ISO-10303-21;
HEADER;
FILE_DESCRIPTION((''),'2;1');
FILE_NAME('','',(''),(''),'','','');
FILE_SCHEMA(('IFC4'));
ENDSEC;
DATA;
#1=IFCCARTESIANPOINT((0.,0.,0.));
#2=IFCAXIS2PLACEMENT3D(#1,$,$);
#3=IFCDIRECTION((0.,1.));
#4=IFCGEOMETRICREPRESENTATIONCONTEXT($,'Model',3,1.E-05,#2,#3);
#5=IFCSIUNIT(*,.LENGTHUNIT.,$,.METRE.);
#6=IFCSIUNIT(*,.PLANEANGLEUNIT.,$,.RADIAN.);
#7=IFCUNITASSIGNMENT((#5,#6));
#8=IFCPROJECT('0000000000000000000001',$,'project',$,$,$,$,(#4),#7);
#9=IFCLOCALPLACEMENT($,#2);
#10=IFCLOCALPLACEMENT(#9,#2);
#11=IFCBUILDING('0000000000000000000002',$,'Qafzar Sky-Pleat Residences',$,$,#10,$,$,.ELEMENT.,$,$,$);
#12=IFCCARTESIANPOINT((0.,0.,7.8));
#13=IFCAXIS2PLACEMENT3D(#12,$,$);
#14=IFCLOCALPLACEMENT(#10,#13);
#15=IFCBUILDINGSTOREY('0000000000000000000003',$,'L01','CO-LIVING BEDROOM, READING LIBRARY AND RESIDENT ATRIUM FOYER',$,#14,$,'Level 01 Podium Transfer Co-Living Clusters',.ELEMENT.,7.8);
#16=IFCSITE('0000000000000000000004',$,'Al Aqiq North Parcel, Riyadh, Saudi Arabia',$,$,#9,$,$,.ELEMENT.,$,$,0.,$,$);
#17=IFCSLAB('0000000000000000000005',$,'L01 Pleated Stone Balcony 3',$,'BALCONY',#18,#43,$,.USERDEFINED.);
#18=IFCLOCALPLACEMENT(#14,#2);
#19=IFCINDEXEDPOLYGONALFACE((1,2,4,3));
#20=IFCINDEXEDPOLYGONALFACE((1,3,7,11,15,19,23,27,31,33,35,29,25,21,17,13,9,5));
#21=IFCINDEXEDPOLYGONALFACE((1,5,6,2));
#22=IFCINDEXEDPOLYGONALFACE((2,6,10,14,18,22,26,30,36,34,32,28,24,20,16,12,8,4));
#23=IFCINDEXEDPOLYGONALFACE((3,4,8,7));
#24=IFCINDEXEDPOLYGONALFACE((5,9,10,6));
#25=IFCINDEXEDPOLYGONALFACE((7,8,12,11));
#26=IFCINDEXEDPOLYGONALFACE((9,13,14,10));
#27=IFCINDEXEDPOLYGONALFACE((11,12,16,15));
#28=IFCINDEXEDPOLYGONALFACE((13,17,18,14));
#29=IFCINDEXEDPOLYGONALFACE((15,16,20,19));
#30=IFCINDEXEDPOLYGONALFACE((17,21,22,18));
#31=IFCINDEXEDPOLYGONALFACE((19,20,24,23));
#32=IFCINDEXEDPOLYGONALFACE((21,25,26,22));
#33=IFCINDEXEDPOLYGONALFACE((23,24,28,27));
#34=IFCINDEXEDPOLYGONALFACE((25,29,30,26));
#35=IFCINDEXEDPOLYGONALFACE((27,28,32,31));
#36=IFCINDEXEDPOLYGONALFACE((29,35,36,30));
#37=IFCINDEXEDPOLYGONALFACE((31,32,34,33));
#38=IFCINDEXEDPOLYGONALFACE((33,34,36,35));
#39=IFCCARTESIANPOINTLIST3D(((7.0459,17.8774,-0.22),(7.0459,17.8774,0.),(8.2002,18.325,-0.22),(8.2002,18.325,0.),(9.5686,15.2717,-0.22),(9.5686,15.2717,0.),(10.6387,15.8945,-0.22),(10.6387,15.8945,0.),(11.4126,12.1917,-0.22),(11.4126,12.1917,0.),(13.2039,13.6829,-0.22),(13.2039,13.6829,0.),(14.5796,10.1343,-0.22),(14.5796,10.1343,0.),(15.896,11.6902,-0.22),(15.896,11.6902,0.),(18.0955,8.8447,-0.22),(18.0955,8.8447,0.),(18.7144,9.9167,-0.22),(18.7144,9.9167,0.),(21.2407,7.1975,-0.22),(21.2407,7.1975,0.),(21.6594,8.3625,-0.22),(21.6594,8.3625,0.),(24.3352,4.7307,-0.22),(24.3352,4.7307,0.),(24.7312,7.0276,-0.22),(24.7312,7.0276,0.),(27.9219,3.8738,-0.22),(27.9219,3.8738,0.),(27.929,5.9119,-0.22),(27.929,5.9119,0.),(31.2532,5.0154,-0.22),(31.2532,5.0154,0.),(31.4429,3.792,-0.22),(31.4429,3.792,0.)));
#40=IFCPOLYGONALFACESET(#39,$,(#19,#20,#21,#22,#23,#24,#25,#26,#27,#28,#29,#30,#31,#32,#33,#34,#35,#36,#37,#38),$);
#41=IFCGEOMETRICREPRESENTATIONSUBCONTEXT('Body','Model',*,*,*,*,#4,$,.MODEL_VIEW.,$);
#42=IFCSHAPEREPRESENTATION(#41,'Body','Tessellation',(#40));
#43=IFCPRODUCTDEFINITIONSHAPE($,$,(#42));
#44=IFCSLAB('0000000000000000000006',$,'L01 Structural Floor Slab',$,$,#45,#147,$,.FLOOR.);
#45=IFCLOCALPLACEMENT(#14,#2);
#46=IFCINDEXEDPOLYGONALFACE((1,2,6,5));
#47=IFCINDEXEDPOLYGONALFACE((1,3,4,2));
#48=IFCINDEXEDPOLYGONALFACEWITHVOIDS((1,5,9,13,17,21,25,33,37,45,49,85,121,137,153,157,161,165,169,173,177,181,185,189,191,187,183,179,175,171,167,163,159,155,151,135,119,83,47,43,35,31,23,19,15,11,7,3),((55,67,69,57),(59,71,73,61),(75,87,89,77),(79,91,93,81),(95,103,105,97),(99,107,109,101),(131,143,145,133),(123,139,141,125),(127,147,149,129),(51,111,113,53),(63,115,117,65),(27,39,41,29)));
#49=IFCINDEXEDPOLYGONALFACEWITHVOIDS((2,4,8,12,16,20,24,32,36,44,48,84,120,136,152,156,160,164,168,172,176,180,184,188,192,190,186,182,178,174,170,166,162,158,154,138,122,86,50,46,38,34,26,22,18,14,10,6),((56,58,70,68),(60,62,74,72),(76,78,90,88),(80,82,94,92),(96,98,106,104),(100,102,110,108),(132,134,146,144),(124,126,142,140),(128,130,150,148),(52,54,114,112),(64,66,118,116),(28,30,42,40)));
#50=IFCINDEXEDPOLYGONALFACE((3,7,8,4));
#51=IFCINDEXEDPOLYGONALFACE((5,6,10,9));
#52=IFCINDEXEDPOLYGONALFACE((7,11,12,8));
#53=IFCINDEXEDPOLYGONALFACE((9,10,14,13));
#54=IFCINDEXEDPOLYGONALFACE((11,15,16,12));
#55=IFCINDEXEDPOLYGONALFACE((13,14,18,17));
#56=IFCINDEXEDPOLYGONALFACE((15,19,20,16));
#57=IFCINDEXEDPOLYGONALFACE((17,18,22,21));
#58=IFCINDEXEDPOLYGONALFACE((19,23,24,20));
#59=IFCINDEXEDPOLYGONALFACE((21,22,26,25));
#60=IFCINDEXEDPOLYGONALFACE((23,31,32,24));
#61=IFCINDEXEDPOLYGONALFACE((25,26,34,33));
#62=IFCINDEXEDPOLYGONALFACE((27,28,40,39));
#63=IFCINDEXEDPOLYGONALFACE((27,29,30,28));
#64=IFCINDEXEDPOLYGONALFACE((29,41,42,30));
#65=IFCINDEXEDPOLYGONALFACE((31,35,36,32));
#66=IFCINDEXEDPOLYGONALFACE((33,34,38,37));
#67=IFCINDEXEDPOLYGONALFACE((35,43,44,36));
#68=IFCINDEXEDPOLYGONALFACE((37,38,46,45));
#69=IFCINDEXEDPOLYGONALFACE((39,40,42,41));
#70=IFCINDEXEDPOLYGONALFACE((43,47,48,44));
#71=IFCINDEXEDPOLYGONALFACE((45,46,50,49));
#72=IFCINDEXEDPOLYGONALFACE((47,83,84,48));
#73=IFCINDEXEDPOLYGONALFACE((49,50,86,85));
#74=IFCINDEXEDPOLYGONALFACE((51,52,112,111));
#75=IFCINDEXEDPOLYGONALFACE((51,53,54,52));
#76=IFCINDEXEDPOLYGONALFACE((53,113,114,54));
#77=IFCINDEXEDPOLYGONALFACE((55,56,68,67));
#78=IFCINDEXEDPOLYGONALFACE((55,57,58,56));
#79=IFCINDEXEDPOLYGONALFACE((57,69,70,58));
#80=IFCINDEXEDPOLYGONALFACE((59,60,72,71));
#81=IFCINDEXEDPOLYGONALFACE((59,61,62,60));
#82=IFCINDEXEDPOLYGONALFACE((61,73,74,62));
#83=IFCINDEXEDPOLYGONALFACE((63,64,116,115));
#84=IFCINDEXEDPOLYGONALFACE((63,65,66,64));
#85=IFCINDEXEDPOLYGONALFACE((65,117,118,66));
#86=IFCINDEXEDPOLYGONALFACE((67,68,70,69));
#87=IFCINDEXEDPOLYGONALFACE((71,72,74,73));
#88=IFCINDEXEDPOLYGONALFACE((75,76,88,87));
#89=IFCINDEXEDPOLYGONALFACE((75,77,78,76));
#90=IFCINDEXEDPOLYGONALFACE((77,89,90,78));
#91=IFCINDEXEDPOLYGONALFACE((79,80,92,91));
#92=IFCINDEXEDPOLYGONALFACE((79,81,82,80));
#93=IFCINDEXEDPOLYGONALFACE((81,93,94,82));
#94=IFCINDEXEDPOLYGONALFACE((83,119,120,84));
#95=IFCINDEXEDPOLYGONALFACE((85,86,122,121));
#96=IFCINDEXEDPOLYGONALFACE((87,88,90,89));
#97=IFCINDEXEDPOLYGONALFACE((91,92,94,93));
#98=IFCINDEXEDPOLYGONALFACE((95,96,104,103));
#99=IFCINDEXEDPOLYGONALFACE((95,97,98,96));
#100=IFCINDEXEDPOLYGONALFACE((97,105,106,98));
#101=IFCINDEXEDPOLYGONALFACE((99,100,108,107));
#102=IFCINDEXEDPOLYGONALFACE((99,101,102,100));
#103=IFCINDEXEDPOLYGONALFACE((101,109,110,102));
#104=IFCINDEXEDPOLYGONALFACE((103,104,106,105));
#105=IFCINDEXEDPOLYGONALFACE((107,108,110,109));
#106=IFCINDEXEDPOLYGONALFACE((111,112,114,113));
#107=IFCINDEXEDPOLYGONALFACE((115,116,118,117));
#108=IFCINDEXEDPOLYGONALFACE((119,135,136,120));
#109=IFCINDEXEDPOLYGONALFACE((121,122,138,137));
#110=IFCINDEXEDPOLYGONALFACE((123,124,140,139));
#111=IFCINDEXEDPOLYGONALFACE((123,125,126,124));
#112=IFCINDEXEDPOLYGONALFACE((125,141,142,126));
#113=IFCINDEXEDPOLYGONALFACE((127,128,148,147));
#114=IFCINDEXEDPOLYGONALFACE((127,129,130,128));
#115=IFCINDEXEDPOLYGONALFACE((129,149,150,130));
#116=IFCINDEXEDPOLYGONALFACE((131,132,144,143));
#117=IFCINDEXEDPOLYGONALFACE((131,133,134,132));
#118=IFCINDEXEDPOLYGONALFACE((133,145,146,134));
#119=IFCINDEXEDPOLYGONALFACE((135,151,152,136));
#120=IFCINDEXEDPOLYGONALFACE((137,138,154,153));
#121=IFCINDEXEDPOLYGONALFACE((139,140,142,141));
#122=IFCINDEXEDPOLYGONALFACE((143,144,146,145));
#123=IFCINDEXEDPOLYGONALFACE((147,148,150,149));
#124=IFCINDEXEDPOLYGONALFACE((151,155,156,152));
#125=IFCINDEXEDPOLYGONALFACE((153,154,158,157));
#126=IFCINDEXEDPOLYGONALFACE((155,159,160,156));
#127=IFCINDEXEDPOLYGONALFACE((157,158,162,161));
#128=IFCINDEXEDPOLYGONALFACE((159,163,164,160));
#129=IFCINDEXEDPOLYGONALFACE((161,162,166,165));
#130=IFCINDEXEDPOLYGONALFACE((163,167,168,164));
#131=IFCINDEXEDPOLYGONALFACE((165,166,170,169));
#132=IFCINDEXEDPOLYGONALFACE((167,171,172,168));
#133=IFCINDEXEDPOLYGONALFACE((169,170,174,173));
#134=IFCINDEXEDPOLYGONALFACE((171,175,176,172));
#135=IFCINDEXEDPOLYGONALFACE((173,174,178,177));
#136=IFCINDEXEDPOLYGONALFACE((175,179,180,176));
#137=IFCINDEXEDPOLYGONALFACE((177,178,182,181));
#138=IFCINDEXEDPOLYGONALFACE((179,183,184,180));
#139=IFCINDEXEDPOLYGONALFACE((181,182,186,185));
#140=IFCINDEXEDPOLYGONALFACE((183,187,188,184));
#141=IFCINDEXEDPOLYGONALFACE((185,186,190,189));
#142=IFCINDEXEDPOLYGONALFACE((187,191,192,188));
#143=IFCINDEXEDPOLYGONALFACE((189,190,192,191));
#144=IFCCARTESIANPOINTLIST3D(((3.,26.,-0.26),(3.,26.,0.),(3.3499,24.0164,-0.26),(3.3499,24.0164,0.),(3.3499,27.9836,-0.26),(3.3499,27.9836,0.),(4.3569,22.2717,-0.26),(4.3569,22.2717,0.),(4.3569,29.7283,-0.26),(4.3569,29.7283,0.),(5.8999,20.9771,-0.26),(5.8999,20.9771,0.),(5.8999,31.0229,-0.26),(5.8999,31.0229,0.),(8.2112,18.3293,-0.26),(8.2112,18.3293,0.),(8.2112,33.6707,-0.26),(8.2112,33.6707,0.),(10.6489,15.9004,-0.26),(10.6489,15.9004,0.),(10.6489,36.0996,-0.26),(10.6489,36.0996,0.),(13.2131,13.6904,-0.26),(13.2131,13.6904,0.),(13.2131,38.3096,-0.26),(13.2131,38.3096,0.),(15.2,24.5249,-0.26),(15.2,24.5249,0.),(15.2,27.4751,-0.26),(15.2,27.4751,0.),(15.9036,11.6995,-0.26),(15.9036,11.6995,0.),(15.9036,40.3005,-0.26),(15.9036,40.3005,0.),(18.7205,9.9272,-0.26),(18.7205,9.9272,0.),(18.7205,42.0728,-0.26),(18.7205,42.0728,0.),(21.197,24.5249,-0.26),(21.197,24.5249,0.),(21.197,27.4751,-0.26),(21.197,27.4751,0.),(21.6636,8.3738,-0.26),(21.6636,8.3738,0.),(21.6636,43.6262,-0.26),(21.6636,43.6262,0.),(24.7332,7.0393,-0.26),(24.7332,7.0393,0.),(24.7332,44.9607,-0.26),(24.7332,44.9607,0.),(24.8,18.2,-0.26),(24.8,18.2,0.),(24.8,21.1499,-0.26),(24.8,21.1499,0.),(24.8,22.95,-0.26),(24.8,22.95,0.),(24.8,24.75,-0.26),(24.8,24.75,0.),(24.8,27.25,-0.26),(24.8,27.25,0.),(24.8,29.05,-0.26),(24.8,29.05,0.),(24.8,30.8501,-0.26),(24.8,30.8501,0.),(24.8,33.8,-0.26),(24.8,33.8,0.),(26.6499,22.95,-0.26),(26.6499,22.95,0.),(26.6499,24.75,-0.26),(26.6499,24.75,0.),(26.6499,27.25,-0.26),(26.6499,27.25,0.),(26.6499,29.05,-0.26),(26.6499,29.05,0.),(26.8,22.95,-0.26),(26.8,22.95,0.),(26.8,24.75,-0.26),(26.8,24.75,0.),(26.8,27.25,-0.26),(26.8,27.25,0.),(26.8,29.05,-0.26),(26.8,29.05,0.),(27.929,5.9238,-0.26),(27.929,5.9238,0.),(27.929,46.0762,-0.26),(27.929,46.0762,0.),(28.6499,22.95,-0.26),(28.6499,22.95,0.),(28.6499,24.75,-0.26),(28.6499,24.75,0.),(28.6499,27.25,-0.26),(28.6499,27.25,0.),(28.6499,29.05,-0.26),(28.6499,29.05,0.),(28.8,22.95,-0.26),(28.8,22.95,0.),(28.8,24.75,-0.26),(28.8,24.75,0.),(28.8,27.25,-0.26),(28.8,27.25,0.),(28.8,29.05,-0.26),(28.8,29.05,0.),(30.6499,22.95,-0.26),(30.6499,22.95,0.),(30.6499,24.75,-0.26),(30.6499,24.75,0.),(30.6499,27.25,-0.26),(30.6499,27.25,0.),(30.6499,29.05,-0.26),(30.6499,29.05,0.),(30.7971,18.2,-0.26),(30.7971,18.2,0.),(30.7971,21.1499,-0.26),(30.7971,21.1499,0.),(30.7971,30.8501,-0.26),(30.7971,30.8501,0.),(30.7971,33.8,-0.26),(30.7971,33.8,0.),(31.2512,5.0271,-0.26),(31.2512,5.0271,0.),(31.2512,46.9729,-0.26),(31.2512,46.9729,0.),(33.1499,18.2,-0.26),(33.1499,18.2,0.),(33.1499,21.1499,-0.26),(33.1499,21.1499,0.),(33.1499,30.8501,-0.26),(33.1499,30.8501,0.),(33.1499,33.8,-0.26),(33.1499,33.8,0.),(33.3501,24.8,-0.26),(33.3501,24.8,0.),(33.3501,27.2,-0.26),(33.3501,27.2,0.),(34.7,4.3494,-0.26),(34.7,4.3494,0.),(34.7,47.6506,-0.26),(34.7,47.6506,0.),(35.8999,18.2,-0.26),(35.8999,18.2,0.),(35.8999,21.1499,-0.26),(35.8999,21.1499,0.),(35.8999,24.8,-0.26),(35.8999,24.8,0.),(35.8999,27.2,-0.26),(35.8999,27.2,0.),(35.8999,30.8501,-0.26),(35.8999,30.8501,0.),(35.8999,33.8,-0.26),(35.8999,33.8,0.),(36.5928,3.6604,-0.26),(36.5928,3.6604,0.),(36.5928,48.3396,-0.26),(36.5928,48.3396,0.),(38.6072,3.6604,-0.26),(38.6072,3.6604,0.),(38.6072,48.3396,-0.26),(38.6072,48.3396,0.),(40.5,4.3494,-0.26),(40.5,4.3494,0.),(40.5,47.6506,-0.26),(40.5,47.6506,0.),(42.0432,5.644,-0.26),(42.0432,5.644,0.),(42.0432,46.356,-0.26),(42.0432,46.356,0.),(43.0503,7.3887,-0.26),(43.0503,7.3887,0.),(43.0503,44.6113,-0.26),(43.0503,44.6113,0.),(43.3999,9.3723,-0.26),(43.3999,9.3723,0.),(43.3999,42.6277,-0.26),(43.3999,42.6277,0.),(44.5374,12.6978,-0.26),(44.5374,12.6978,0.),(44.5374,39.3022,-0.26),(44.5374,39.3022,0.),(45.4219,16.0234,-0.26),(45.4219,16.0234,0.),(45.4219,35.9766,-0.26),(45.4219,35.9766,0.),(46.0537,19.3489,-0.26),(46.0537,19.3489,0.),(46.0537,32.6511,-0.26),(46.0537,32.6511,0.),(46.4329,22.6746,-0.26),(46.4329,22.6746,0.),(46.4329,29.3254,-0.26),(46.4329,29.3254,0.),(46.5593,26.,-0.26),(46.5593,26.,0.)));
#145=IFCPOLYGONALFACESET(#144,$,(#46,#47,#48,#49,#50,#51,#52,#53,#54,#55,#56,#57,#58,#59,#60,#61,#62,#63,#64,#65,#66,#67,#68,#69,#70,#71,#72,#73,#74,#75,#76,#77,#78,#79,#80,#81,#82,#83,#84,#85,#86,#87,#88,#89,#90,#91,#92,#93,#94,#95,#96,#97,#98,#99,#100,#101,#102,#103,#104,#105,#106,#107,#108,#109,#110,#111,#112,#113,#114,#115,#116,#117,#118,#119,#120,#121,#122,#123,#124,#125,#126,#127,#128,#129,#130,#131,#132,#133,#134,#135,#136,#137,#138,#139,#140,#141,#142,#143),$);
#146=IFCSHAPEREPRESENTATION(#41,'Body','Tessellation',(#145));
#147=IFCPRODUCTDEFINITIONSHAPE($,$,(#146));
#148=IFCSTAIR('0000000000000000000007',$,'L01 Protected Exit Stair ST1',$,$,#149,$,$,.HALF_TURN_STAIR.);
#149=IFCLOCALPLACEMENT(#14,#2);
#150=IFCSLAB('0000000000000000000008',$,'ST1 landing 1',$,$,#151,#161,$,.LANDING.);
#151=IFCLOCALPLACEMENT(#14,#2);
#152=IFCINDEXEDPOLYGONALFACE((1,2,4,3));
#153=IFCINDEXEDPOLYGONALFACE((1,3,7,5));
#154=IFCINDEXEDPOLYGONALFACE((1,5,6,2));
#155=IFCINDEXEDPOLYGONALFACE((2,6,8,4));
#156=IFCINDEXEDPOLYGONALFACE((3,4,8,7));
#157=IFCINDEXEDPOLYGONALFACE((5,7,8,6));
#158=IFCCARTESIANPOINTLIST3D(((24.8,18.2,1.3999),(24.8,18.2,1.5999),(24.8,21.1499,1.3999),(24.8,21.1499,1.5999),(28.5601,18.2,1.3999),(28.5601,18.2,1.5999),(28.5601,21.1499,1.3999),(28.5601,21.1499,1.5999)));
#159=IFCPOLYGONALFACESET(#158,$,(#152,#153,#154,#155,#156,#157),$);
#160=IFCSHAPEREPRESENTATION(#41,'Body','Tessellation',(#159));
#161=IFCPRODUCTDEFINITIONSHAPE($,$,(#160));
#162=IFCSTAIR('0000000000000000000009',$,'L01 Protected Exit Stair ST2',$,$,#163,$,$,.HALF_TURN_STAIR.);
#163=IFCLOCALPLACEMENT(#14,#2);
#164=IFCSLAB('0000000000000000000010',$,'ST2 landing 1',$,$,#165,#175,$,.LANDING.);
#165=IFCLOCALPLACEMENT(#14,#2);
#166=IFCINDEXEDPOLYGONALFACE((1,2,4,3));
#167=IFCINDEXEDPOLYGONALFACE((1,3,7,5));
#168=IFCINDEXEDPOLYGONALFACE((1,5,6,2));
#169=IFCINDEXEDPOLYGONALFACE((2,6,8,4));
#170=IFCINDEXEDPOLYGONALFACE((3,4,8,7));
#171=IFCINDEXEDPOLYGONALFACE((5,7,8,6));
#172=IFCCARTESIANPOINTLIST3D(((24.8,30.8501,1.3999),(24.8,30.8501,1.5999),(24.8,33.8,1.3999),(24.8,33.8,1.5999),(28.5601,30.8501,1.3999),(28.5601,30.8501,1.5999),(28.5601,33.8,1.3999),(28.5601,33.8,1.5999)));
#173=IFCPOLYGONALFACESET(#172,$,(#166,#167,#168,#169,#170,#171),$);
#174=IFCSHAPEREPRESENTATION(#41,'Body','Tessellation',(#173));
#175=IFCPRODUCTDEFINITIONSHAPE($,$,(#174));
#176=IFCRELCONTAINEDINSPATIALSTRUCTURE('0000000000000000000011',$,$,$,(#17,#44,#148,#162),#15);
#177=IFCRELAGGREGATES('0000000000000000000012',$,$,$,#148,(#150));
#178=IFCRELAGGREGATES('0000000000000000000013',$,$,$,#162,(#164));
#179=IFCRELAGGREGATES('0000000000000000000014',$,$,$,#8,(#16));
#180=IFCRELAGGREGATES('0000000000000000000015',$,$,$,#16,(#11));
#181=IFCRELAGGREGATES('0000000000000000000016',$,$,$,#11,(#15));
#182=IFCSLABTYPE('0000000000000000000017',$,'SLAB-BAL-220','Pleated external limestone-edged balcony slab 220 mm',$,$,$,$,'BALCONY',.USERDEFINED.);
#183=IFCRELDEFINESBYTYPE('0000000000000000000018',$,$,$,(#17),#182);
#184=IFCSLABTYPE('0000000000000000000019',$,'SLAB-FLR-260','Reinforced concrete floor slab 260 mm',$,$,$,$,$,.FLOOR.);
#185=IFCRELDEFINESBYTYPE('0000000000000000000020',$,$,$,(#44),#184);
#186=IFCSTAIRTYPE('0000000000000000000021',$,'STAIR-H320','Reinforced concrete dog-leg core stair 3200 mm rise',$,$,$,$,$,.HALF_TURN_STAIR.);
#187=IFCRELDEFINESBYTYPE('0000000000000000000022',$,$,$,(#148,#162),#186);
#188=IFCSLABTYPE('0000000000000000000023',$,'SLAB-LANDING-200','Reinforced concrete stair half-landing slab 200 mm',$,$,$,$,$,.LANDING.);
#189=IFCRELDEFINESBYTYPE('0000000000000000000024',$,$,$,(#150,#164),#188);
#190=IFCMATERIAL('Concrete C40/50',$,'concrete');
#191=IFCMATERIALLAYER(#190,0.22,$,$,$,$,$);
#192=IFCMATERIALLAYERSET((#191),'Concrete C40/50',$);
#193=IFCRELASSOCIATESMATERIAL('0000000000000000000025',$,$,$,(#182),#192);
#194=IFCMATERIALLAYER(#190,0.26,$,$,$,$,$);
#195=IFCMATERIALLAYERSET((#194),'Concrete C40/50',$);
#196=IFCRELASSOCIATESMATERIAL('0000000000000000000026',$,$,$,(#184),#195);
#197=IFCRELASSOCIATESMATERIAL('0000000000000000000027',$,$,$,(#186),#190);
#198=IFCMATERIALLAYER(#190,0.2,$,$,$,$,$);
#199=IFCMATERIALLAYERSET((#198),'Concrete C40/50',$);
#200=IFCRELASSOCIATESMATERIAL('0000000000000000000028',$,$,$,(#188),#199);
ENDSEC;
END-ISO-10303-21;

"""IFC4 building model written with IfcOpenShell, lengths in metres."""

from ifc_helpers import new_model, si_unit, direction, frame, origin, place, context, subcontext, project, spatial, polyline, outline, extrude, material, layer, layer_set, type_object, element, aggregate, save


model = new_model("IFC4")

# Units and contexts
model_context = context("Model", 3, precision=1e-05, world=origin(), true_north=direction((0.0, 1.0)))
body_context = subcontext(model_context, "Body", "Model", "MODEL_VIEW")
ifc_project = project(units=[si_unit("LENGTHUNIT", "METRE"), si_unit("PLANEANGLEUNIT", "RADIAN")], contexts=[model_context])

# Site, building, storey
site_placement = place(None, origin())
site = spatial("IfcSite", under=ifc_project, at=site_placement, Name="Al Aqiq North Parcel, Riyadh, Saudi Arabia", CompositionType="ELEMENT", RefElevation=0.0)
building_placement = place(site_placement, origin())
building = spatial("IfcBuilding", under=site, at=building_placement, Name="Qafzar Sky-Pleat Residences", CompositionType="ELEMENT")
storey_placement = place(building_placement, frame((0.0, 0.0, 7.8)))
storey = spatial("IfcBuildingStorey", under=building, at=storey_placement, Name="L01", Description="CO-LIVING BEDROOM, READING LIBRARY AND RESIDENT ATRIUM FOYER", LongName="Level 01 Podium Transfer Co-Living Clusters", CompositionType="ELEMENT", Elevation=7.8)

# Slabs
ifc_material_1 = material(Name="Concrete C40/50", Category="concrete")
ifc_layer_1 = layer(ifc_material_1, 0.22)
ifc_layer_set_1 = layer_set([ifc_layer_1], Name="Concrete C40/50")
slab_type_1 = type_object("IfcSlabType", Name="SLAB-BAL-220", Description="Pleated external limestone-edged balcony slab 220 mm", ElementType="BALCONY", PredefinedType="USERDEFINED", material=ifc_layer_set_1)
slab_1_placement = place(storey_placement, frame((0.0, 0.0, -0.22)))
element("IfcSlab", 1, at=slab_1_placement, inside=storey, type_object=slab_type_1, Name="L01 Pleated Stone Balcony 3", ObjectType="BALCONY", PredefinedType="USERDEFINED", context=body_context, shape_type="SweptSolid", body=[
    extrude(outline(polyline([(10.6387, 15.8945), (13.2039, 13.6829), (15.896, 11.6902), (18.7144, 9.9167), (21.6594, 8.3625), (24.7312, 7.0276), (27.929, 5.9119), (31.2532, 5.0154), (31.4429, 3.792), (27.9219, 3.8738), (24.3352, 4.7307), (21.2407, 7.1975), (18.0955, 8.8447), (14.5796, 10.1343), (11.4126, 12.1917), (9.5686, 15.2717), (7.0459, 17.8774), (8.2002, 18.325), (10.6387, 15.8945)])), origin(), (0.0, 0.0, 1.0), 0.22),
])
ifc_layer_2 = layer(ifc_material_1, 0.26)
ifc_layer_set_2 = layer_set([ifc_layer_2], Name="Concrete C40/50")
slab_type_2 = type_object("IfcSlabType", Name="SLAB-FLR-260", Description="Reinforced concrete floor slab 260 mm", PredefinedType="FLOOR", material=ifc_layer_set_2)
slab_2_placement = place(storey_placement, frame((0.0, 0.0, -0.26)))
element("IfcSlab", 2, at=slab_2_placement, inside=storey, type_object=slab_type_2, Name="L01 Structural Floor Slab", PredefinedType="FLOOR", context=body_context, shape_type="SweptSolid", body=[
    extrude(outline(polyline([(5.8999, 31.0229), (4.3569, 29.7283), (3.3499, 27.9836), (3.0, 26.0), (3.3499, 24.0164), (4.3569, 22.2717), (5.8999, 20.9771), (8.2112, 18.3293), (10.6489, 15.9004), (13.2131, 13.6904), (15.9036, 11.6995), (18.7205, 9.9272), (21.6636, 8.3738), (24.7332, 7.0393), (27.929, 5.9238), (31.2512, 5.0271), (34.7, 4.3494), (36.5928, 3.6604), (38.6072, 3.6604), (40.5, 4.3494), (42.0432, 5.644), (43.0503, 7.3887), (43.3999, 9.3723), (44.5374, 12.6978), (45.4219, 16.0234), (46.0537, 19.3489), (46.4329, 22.6746), (46.5593, 26.0), (46.4329, 29.3254), (46.0537, 32.6511), (45.4219, 35.9766), (44.5374, 39.3022), (43.3999, 42.6277), (43.0503, 44.6113), (42.0432, 46.356), (40.5, 47.6506), (38.6072, 48.3396), (36.5928, 48.3396), (34.7, 47.6506), (31.2512, 46.9729), (27.929, 46.0762), (24.7332, 44.9607), (21.6636, 43.6262), (18.7205, 42.0728), (15.9036, 40.3005), (13.2131, 38.3096), (10.6489, 36.0996), (8.2112, 33.6707), (5.8999, 31.0229)]), holes=[polyline([(30.7971, 21.1499), (24.8, 21.1499), (24.8, 18.2), (30.7971, 18.2), (30.7971, 21.1499)]), polyline([(30.7971, 33.8), (24.8, 33.8), (24.8, 30.8501), (30.7971, 30.8501), (30.7971, 33.8)]), polyline([(21.197, 27.4751), (15.2, 27.4751), (15.2, 24.5249), (21.197, 24.5249), (21.197, 27.4751)]), polyline([(24.8, 22.95), (26.6499, 22.95), (26.6499, 24.75), (24.8, 24.75), (24.8, 22.95)]), polyline([(26.8, 22.95), (28.6499, 22.95), (28.6499, 24.75), (26.8, 24.75), (26.8, 22.95)]), polyline([(28.8, 22.95), (30.6499, 22.95), (30.6499, 24.75), (28.8, 24.75), (28.8, 22.95)]), polyline([(24.8, 27.25), (26.6499, 27.25), (26.6499, 29.05), (24.8, 29.05), (24.8, 27.25)]), polyline([(26.8, 27.25), (28.6499, 27.25), (28.6499, 29.05), (26.8, 29.05), (26.8, 27.25)]), polyline([(28.8, 27.25), (30.6499, 27.25), (30.6499, 29.05), (28.8, 29.05), (28.8, 27.25)]), polyline([(33.1499, 18.2), (35.8999, 18.2), (35.8999, 21.1499), (33.1499, 21.1499), (33.1499, 18.2)]), polyline([(33.1499, 30.8501), (35.8999, 30.8501), (35.8999, 33.8), (33.1499, 33.8), (33.1499, 30.8501)]), polyline([(33.3501, 24.8), (35.8999, 24.8), (35.8999, 27.2), (33.3501, 27.2), (33.3501, 24.8)])]), origin(), (0.0, 0.0, 1.0), 0.26),
])

# Stairs, slabs
stair_type = type_object("IfcStairType", Name="STAIR-H320", Description="Reinforced concrete dog-leg core stair 3200 mm rise", PredefinedType="HALF_TURN_STAIR", material=ifc_material_1)
stair_1_placement = place(storey_placement, origin())
stair_1 = element("IfcStair", 3, at=stair_1_placement, inside=storey, type_object=stair_type, Name="L01 Protected Exit Stair ST1", PredefinedType="HALF_TURN_STAIR")
ifc_layer_3 = layer(ifc_material_1, 0.2)
ifc_layer_set_3 = layer_set([ifc_layer_3], Name="Concrete C40/50")
slab_type_3 = type_object("IfcSlabType", Name="SLAB-LANDING-200", Description="Reinforced concrete stair half-landing slab 200 mm", PredefinedType="LANDING", material=ifc_layer_set_3)
slab_3_placement = place(storey_placement, frame((0.0, 0.0, 1.3999)))
slab_3 = element("IfcSlab", 4, at=slab_3_placement, type_object=slab_type_3, Name="ST1 landing 1", PredefinedType="LANDING", context=body_context, shape_type="SweptSolid", body=[
    extrude(outline(polyline([(28.5601, 21.1499), (24.8, 21.1499), (24.8, 18.2), (28.5601, 18.2), (28.5601, 21.1499)])), origin(), (0.0, 0.0, 1.0), 0.2),
])
aggregate(stair_1, [slab_3])
stair_2_placement = place(storey_placement, origin())
stair_2 = element("IfcStair", 5, at=stair_2_placement, inside=storey, type_object=stair_type, Name="L01 Protected Exit Stair ST2", PredefinedType="HALF_TURN_STAIR")
slab_4_placement = place(storey_placement, frame((0.0, 0.0, 1.3999)))
slab_4 = element("IfcSlab", 6, at=slab_4_placement, type_object=slab_type_3, Name="ST2 landing 1", PredefinedType="LANDING", context=body_context, shape_type="SweptSolid", body=[
    extrude(outline(polyline([(28.5601, 33.8), (24.8, 33.8), (24.8, 30.8501), (28.5601, 30.8501), (28.5601, 33.8)])), origin(), (0.0, 0.0, 1.0), 0.2),
])
aggregate(stair_2, [slab_4])

save(model, "model.ifc")
